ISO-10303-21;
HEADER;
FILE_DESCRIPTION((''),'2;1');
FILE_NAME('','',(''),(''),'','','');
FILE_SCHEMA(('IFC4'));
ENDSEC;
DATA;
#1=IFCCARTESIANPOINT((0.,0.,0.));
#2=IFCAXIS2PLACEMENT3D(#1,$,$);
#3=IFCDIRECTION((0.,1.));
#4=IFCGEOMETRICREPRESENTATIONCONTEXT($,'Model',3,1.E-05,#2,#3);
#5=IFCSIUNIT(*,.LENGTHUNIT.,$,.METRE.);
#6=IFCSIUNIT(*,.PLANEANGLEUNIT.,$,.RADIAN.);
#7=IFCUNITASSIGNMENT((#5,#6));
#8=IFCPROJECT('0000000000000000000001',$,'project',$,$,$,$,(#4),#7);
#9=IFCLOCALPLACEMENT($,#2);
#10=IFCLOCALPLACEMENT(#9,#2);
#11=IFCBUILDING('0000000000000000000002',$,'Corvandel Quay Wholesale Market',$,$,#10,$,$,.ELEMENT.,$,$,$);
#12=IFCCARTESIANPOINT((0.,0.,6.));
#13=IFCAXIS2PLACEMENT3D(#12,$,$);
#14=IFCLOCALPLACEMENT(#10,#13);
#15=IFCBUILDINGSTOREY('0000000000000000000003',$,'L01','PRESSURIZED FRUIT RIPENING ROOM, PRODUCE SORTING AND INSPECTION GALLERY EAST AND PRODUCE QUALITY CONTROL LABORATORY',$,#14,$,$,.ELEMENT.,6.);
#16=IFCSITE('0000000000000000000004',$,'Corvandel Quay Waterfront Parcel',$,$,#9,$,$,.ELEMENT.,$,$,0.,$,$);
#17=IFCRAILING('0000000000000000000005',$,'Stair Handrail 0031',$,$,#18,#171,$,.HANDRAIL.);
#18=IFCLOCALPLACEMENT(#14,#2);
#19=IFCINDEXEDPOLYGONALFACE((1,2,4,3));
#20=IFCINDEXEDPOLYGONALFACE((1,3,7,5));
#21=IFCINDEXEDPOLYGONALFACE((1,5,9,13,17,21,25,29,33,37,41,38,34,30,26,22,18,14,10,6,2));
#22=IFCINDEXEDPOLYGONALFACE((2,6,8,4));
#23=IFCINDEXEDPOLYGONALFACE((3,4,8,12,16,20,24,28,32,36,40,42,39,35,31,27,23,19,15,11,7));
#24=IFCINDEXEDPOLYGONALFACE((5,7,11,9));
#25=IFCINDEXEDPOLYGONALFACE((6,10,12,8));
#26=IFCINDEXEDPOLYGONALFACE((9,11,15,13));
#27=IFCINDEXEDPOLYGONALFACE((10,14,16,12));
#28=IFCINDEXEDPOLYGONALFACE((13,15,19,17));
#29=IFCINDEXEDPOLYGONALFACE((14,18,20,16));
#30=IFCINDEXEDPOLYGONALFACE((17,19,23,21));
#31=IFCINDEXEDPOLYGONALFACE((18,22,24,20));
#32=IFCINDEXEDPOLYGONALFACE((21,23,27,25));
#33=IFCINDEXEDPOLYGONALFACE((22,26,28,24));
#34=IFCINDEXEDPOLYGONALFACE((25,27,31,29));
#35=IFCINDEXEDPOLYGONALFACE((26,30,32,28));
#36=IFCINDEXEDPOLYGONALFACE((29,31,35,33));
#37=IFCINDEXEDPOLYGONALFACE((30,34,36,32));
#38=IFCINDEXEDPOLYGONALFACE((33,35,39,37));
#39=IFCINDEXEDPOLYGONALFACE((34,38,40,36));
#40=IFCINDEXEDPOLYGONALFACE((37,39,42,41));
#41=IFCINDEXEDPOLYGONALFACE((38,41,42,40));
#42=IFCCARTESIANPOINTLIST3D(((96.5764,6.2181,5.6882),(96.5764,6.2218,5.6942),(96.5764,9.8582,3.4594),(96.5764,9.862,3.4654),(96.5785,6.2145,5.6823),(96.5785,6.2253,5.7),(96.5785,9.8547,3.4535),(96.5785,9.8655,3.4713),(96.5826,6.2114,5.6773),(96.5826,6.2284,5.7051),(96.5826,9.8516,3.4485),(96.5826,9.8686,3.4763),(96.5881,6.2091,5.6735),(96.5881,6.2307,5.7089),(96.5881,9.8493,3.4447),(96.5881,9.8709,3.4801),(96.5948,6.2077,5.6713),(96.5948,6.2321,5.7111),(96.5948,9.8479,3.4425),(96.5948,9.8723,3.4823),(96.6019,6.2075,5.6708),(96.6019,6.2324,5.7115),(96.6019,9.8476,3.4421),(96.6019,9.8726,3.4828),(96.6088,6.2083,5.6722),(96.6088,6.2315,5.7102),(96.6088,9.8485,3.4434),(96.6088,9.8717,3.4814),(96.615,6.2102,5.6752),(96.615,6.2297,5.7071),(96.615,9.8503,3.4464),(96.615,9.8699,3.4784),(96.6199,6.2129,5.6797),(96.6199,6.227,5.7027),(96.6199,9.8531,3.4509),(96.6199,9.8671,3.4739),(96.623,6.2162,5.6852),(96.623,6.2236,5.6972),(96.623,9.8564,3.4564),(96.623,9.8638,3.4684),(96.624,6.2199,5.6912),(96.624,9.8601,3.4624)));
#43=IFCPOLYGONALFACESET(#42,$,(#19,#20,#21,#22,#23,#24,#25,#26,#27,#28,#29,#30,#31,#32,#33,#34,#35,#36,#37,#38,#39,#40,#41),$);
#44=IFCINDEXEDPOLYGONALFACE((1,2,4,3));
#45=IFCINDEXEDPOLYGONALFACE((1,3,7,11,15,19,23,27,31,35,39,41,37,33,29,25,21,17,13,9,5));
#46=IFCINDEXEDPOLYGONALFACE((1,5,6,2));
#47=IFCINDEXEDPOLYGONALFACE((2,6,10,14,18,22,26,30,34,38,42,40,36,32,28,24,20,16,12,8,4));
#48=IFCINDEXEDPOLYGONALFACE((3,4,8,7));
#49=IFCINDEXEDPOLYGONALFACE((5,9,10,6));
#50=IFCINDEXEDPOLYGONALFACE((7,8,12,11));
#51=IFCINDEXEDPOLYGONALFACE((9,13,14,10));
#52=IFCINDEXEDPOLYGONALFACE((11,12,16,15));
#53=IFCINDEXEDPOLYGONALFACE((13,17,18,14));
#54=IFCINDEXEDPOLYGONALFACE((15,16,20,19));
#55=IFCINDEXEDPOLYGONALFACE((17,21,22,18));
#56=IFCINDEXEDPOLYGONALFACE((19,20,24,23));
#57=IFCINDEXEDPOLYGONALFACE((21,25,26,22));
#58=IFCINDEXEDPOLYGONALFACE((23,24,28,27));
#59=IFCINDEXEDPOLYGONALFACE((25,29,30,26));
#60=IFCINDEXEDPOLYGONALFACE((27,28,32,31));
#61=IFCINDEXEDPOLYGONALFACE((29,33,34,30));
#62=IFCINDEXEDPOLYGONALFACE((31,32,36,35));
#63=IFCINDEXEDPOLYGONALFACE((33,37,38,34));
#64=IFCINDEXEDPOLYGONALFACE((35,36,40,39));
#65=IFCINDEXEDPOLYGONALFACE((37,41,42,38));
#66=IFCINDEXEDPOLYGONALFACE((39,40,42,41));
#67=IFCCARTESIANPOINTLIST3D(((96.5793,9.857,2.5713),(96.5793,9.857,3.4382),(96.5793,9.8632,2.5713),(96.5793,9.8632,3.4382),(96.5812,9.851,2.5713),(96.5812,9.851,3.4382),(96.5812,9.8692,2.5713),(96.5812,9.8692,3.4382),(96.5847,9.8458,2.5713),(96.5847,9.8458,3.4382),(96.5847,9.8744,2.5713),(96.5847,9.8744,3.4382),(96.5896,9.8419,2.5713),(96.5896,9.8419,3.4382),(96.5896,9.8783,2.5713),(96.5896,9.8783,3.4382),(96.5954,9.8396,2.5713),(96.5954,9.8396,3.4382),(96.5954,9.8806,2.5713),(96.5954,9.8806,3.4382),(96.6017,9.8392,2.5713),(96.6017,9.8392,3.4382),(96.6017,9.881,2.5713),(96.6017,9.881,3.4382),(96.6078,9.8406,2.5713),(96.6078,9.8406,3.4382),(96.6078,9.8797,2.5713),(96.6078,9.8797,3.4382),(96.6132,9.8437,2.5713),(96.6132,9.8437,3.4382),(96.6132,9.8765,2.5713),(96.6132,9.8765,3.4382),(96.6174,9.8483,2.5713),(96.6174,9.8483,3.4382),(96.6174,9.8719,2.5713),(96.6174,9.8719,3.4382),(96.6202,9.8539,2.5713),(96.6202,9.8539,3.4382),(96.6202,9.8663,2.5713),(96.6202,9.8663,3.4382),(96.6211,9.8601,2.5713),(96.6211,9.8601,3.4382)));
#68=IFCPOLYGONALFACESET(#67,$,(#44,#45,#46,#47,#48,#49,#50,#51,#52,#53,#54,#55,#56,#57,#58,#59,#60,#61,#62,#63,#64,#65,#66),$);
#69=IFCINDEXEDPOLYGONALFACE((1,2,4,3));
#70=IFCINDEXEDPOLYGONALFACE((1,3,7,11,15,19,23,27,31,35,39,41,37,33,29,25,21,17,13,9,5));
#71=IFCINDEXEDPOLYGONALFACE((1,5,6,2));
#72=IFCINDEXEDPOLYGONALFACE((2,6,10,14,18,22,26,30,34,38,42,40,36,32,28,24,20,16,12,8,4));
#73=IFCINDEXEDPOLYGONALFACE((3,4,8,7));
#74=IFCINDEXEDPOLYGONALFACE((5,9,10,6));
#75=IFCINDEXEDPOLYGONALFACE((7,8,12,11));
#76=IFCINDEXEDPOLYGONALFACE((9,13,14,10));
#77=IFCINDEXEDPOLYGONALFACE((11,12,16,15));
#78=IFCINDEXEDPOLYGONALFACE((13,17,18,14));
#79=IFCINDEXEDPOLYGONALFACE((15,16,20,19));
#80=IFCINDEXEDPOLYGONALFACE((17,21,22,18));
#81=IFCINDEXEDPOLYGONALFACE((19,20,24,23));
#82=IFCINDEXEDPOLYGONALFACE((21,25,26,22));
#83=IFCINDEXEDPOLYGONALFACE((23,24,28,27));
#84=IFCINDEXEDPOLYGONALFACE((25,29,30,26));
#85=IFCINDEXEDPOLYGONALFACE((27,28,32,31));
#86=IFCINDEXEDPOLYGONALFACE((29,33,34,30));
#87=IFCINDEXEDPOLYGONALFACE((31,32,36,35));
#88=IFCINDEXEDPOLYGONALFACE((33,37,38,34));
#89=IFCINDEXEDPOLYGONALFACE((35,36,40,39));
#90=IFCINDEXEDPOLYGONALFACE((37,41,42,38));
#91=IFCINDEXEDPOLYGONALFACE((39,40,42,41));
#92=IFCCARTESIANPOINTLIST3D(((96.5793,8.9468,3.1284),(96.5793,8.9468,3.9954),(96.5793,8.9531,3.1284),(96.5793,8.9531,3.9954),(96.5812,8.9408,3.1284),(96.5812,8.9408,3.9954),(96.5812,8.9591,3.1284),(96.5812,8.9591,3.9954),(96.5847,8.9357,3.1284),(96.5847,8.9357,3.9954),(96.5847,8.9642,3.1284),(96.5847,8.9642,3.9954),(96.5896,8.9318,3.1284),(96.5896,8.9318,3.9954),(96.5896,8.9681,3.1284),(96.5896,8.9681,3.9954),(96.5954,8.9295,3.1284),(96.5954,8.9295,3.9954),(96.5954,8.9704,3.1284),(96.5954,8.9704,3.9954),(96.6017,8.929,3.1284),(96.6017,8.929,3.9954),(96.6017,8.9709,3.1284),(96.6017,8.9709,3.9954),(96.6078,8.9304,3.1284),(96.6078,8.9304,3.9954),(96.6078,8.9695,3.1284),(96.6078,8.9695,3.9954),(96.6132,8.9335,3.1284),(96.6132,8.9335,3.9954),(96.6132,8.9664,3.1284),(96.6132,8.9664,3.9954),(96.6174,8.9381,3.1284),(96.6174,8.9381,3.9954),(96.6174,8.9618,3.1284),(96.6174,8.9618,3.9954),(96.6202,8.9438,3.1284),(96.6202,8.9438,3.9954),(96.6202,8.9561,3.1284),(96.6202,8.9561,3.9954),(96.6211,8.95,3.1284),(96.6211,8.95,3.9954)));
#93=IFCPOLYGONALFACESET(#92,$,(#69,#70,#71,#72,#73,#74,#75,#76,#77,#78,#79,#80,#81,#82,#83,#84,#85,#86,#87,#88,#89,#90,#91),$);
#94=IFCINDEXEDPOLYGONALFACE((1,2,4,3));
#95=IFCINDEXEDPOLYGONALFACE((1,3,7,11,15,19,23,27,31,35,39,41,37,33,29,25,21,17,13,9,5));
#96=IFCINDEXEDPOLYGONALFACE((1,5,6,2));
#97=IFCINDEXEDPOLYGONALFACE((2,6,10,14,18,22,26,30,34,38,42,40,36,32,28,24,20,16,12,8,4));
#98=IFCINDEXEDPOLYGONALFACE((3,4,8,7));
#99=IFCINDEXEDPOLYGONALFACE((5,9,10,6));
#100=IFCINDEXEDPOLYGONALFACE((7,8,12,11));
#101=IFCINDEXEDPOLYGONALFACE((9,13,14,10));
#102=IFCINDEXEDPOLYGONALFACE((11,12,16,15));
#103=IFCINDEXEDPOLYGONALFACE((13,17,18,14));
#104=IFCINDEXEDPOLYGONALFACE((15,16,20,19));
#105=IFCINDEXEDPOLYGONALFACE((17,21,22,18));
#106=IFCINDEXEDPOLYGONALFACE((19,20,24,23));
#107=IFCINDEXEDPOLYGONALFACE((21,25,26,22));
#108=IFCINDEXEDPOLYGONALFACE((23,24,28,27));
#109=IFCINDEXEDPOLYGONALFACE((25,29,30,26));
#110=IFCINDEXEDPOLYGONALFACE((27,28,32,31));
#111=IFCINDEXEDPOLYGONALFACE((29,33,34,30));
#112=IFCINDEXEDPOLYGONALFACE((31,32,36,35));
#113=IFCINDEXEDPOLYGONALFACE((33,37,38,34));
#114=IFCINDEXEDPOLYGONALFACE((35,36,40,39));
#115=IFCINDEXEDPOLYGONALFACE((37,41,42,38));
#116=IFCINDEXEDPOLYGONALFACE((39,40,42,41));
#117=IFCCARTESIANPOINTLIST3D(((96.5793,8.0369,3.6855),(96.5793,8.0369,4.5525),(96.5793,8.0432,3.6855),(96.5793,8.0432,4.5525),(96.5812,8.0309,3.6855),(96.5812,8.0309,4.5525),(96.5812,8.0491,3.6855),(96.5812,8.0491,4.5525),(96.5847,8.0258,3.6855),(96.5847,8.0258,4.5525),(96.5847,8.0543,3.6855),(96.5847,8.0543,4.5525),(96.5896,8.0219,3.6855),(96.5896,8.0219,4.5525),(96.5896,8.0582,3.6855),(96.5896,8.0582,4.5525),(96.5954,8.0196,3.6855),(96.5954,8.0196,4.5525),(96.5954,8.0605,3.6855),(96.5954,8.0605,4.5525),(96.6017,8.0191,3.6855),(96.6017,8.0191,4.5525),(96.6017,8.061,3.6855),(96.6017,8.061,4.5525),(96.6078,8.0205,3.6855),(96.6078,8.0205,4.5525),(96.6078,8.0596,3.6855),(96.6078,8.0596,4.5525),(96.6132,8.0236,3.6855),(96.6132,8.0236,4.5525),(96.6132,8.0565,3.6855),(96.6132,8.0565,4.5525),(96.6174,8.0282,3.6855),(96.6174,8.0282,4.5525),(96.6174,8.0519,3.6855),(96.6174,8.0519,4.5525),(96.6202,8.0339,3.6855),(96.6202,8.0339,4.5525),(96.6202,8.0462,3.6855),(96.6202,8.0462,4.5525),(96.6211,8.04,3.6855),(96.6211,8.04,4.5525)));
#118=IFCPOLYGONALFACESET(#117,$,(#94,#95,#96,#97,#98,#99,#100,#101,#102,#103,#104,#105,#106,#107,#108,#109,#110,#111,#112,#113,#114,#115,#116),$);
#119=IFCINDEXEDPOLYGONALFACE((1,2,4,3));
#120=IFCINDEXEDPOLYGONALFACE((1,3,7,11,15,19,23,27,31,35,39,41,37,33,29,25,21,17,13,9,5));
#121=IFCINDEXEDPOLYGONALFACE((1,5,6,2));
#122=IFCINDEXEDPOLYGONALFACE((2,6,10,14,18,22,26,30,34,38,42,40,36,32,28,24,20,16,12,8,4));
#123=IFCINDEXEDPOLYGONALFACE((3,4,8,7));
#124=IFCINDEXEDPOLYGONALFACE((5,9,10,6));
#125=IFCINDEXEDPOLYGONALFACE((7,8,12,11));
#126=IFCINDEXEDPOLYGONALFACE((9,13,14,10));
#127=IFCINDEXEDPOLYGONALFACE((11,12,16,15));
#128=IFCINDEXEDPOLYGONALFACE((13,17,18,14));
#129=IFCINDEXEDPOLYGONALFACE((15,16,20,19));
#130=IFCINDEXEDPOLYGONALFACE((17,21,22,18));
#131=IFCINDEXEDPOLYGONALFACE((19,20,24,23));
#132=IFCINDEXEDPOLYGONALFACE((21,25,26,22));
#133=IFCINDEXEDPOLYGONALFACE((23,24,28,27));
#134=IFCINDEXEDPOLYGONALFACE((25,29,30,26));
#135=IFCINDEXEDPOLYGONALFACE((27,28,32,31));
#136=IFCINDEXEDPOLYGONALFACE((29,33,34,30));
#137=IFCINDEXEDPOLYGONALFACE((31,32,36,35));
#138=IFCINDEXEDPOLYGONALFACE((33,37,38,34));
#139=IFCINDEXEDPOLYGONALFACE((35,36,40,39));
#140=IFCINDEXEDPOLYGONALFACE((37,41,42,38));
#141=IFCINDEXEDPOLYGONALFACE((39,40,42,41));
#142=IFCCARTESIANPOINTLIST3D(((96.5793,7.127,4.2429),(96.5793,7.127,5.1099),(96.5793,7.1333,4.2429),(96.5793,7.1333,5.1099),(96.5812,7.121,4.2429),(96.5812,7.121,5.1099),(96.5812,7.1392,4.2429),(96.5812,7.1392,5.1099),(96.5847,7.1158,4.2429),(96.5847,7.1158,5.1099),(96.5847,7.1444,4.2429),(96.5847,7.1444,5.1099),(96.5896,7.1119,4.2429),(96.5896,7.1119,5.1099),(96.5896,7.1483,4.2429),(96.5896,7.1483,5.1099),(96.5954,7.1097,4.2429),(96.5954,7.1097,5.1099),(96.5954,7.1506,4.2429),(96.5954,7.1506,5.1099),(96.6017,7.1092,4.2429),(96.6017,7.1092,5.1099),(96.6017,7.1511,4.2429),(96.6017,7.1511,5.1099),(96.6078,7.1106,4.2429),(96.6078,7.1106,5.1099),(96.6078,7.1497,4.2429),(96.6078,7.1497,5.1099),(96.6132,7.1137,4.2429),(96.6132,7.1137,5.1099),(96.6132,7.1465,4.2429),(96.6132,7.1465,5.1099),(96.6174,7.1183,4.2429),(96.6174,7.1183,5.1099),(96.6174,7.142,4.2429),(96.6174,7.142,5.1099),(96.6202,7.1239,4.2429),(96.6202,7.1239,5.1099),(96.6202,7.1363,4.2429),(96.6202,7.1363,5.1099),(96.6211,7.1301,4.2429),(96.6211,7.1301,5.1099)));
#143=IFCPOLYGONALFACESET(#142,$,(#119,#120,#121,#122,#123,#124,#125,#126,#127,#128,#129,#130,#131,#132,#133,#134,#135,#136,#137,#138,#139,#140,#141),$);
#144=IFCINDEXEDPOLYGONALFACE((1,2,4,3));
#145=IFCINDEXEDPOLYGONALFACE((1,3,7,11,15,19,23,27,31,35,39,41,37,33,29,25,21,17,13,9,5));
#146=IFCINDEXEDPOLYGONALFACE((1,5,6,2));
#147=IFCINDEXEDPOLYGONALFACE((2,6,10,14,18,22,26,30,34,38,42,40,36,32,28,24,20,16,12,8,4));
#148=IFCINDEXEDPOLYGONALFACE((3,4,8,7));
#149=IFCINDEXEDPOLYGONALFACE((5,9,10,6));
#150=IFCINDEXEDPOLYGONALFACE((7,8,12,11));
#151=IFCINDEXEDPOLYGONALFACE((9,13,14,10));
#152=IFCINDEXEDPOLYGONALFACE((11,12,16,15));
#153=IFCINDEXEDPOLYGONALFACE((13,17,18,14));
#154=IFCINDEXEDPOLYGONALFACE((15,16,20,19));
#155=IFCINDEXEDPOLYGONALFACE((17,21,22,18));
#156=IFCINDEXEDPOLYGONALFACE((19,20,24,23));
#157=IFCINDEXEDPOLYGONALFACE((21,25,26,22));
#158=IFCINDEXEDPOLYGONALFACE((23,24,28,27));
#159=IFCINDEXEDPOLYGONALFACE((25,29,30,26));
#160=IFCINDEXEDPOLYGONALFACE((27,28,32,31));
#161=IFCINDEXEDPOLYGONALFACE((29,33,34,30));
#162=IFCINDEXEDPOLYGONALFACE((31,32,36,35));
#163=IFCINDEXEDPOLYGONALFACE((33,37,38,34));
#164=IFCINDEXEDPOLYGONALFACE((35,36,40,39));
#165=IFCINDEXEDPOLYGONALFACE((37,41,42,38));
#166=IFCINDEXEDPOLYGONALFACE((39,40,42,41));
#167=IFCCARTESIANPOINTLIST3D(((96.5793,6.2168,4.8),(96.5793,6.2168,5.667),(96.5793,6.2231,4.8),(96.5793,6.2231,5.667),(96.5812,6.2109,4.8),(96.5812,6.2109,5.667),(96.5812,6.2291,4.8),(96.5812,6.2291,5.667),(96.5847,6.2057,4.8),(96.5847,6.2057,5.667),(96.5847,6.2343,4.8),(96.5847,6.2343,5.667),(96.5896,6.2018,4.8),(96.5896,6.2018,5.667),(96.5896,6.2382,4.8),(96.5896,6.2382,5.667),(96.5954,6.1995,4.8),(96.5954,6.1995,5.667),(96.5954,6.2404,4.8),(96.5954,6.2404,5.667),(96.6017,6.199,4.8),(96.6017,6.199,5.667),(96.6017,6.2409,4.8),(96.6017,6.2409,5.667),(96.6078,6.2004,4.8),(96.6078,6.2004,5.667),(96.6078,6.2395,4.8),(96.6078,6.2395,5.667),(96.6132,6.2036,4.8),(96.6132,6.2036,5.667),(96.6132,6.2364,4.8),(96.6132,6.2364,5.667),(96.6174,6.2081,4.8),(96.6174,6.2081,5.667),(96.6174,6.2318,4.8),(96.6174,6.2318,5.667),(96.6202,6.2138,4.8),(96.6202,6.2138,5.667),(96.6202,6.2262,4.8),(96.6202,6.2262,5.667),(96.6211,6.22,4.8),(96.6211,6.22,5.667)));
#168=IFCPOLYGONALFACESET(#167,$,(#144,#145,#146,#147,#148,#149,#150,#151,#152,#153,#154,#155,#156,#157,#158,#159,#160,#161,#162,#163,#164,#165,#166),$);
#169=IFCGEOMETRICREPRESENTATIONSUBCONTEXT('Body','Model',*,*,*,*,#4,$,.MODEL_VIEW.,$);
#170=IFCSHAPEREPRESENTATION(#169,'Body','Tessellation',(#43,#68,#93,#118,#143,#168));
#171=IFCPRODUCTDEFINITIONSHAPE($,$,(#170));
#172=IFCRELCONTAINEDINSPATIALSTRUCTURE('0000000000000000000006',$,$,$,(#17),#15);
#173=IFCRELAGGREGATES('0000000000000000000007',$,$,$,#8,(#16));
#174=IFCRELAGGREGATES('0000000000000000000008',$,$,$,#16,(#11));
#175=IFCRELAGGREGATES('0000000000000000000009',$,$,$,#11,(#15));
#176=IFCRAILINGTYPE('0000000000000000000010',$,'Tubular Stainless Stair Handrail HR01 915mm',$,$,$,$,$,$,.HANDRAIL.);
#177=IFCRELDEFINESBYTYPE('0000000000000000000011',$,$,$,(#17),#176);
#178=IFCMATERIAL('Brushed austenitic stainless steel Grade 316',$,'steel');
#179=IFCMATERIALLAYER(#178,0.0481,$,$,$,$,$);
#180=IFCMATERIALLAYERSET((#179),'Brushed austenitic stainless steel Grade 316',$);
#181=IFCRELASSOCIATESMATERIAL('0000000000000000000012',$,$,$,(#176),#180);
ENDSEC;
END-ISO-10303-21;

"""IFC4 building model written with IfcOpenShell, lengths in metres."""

from ifc_helpers import new_model, si_unit, direction, frame, origin, origin_2d, place, context, subcontext, project, spatial, circle, extrude, material, layer, layer_set, type_object, element, save


model = new_model("IFC4")

# Units and contexts
model_context = context("Model", 3, precision=1e-05, world=origin(), true_north=direction((0.0, 1.0)))
body_context = subcontext(model_context, "Body", "Model", "MODEL_VIEW")
ifc_project = project(units=[si_unit("LENGTHUNIT", "METRE"), si_unit("PLANEANGLEUNIT", "RADIAN")], contexts=[model_context])

# Site, building, storey
site_placement = place(None, origin())
site = spatial("IfcSite", under=ifc_project, at=site_placement, Name="Corvandel Quay Waterfront Parcel", CompositionType="ELEMENT", RefElevation=0.0)
building_placement = place(site_placement, origin())
building = spatial("IfcBuilding", under=site, at=building_placement, Name="Corvandel Quay Wholesale Market", CompositionType="ELEMENT")
storey_placement = place(building_placement, frame((0.0, 0.0, 6.0)))
storey = spatial("IfcBuildingStorey", under=building, at=storey_placement, Name="L01", Description="PRESSURIZED FRUIT RIPENING ROOM, PRODUCE SORTING AND INSPECTION GALLERY EAST AND PRODUCE QUALITY CONTROL LABORATORY", CompositionType="ELEMENT", Elevation=6.0)

# Railing
ifc_material_1 = material(Name="Brushed austenitic stainless steel Grade 316", Category="steel")
ifc_layer_1 = layer(ifc_material_1, 0.0481)
ifc_layer_set_1 = layer_set([ifc_layer_1], Name="Brushed austenitic stainless steel Grade 316")
railing_type_1 = type_object("IfcRailingType", Name="Tubular Stainless Stair Handrail HR01 915mm", PredefinedType="HANDRAIL", material=ifc_layer_set_1)
for number, where, name in (
    (1, (96.6001, 9.8601, 2.5713), "Stair Handrail 0031"),
):
    element("IfcRailing", number, at=place(storey_placement, frame(where)), inside=storey, type_object=railing_type_1, Name=name, PredefinedType="HANDRAIL", context=body_context, shape_type="SweptSolid", body=[
        extrude(circle(Radius=0.0239, at=origin_2d()), frame((0.0, 0.0, 0.8911), z_axis=(0.0, -0.85284, 0.522172), x_axis=(1.0, 0.0, 0.0)), (0.0, 0.0, 1.0), 4.2683),
        extrude(circle(Radius=0.021, at=origin_2d()), origin(), (0.0, 0.0, 1.0), 0.8669),
        extrude(circle(Radius=0.021, at=origin_2d()), frame((0.0, -0.9102, 0.5571)), (0.0, 0.0, 1.0), 0.8669),
        extrude(circle(Radius=0.021, at=origin_2d()), frame((0.0, -1.8201, 1.1143)), (0.0, 0.0, 1.0), 0.8669),
        extrude(circle(Radius=0.021, at=origin_2d()), frame((0.0, -2.73, 1.6716)), (0.0, 0.0, 1.0), 0.8669),
        extrude(circle(Radius=0.021, at=origin_2d()), frame((0.0, -3.6401, 2.2288)), (0.0, 0.0, 1.0), 0.8669),
    ])

save(model, "model.ifc")
